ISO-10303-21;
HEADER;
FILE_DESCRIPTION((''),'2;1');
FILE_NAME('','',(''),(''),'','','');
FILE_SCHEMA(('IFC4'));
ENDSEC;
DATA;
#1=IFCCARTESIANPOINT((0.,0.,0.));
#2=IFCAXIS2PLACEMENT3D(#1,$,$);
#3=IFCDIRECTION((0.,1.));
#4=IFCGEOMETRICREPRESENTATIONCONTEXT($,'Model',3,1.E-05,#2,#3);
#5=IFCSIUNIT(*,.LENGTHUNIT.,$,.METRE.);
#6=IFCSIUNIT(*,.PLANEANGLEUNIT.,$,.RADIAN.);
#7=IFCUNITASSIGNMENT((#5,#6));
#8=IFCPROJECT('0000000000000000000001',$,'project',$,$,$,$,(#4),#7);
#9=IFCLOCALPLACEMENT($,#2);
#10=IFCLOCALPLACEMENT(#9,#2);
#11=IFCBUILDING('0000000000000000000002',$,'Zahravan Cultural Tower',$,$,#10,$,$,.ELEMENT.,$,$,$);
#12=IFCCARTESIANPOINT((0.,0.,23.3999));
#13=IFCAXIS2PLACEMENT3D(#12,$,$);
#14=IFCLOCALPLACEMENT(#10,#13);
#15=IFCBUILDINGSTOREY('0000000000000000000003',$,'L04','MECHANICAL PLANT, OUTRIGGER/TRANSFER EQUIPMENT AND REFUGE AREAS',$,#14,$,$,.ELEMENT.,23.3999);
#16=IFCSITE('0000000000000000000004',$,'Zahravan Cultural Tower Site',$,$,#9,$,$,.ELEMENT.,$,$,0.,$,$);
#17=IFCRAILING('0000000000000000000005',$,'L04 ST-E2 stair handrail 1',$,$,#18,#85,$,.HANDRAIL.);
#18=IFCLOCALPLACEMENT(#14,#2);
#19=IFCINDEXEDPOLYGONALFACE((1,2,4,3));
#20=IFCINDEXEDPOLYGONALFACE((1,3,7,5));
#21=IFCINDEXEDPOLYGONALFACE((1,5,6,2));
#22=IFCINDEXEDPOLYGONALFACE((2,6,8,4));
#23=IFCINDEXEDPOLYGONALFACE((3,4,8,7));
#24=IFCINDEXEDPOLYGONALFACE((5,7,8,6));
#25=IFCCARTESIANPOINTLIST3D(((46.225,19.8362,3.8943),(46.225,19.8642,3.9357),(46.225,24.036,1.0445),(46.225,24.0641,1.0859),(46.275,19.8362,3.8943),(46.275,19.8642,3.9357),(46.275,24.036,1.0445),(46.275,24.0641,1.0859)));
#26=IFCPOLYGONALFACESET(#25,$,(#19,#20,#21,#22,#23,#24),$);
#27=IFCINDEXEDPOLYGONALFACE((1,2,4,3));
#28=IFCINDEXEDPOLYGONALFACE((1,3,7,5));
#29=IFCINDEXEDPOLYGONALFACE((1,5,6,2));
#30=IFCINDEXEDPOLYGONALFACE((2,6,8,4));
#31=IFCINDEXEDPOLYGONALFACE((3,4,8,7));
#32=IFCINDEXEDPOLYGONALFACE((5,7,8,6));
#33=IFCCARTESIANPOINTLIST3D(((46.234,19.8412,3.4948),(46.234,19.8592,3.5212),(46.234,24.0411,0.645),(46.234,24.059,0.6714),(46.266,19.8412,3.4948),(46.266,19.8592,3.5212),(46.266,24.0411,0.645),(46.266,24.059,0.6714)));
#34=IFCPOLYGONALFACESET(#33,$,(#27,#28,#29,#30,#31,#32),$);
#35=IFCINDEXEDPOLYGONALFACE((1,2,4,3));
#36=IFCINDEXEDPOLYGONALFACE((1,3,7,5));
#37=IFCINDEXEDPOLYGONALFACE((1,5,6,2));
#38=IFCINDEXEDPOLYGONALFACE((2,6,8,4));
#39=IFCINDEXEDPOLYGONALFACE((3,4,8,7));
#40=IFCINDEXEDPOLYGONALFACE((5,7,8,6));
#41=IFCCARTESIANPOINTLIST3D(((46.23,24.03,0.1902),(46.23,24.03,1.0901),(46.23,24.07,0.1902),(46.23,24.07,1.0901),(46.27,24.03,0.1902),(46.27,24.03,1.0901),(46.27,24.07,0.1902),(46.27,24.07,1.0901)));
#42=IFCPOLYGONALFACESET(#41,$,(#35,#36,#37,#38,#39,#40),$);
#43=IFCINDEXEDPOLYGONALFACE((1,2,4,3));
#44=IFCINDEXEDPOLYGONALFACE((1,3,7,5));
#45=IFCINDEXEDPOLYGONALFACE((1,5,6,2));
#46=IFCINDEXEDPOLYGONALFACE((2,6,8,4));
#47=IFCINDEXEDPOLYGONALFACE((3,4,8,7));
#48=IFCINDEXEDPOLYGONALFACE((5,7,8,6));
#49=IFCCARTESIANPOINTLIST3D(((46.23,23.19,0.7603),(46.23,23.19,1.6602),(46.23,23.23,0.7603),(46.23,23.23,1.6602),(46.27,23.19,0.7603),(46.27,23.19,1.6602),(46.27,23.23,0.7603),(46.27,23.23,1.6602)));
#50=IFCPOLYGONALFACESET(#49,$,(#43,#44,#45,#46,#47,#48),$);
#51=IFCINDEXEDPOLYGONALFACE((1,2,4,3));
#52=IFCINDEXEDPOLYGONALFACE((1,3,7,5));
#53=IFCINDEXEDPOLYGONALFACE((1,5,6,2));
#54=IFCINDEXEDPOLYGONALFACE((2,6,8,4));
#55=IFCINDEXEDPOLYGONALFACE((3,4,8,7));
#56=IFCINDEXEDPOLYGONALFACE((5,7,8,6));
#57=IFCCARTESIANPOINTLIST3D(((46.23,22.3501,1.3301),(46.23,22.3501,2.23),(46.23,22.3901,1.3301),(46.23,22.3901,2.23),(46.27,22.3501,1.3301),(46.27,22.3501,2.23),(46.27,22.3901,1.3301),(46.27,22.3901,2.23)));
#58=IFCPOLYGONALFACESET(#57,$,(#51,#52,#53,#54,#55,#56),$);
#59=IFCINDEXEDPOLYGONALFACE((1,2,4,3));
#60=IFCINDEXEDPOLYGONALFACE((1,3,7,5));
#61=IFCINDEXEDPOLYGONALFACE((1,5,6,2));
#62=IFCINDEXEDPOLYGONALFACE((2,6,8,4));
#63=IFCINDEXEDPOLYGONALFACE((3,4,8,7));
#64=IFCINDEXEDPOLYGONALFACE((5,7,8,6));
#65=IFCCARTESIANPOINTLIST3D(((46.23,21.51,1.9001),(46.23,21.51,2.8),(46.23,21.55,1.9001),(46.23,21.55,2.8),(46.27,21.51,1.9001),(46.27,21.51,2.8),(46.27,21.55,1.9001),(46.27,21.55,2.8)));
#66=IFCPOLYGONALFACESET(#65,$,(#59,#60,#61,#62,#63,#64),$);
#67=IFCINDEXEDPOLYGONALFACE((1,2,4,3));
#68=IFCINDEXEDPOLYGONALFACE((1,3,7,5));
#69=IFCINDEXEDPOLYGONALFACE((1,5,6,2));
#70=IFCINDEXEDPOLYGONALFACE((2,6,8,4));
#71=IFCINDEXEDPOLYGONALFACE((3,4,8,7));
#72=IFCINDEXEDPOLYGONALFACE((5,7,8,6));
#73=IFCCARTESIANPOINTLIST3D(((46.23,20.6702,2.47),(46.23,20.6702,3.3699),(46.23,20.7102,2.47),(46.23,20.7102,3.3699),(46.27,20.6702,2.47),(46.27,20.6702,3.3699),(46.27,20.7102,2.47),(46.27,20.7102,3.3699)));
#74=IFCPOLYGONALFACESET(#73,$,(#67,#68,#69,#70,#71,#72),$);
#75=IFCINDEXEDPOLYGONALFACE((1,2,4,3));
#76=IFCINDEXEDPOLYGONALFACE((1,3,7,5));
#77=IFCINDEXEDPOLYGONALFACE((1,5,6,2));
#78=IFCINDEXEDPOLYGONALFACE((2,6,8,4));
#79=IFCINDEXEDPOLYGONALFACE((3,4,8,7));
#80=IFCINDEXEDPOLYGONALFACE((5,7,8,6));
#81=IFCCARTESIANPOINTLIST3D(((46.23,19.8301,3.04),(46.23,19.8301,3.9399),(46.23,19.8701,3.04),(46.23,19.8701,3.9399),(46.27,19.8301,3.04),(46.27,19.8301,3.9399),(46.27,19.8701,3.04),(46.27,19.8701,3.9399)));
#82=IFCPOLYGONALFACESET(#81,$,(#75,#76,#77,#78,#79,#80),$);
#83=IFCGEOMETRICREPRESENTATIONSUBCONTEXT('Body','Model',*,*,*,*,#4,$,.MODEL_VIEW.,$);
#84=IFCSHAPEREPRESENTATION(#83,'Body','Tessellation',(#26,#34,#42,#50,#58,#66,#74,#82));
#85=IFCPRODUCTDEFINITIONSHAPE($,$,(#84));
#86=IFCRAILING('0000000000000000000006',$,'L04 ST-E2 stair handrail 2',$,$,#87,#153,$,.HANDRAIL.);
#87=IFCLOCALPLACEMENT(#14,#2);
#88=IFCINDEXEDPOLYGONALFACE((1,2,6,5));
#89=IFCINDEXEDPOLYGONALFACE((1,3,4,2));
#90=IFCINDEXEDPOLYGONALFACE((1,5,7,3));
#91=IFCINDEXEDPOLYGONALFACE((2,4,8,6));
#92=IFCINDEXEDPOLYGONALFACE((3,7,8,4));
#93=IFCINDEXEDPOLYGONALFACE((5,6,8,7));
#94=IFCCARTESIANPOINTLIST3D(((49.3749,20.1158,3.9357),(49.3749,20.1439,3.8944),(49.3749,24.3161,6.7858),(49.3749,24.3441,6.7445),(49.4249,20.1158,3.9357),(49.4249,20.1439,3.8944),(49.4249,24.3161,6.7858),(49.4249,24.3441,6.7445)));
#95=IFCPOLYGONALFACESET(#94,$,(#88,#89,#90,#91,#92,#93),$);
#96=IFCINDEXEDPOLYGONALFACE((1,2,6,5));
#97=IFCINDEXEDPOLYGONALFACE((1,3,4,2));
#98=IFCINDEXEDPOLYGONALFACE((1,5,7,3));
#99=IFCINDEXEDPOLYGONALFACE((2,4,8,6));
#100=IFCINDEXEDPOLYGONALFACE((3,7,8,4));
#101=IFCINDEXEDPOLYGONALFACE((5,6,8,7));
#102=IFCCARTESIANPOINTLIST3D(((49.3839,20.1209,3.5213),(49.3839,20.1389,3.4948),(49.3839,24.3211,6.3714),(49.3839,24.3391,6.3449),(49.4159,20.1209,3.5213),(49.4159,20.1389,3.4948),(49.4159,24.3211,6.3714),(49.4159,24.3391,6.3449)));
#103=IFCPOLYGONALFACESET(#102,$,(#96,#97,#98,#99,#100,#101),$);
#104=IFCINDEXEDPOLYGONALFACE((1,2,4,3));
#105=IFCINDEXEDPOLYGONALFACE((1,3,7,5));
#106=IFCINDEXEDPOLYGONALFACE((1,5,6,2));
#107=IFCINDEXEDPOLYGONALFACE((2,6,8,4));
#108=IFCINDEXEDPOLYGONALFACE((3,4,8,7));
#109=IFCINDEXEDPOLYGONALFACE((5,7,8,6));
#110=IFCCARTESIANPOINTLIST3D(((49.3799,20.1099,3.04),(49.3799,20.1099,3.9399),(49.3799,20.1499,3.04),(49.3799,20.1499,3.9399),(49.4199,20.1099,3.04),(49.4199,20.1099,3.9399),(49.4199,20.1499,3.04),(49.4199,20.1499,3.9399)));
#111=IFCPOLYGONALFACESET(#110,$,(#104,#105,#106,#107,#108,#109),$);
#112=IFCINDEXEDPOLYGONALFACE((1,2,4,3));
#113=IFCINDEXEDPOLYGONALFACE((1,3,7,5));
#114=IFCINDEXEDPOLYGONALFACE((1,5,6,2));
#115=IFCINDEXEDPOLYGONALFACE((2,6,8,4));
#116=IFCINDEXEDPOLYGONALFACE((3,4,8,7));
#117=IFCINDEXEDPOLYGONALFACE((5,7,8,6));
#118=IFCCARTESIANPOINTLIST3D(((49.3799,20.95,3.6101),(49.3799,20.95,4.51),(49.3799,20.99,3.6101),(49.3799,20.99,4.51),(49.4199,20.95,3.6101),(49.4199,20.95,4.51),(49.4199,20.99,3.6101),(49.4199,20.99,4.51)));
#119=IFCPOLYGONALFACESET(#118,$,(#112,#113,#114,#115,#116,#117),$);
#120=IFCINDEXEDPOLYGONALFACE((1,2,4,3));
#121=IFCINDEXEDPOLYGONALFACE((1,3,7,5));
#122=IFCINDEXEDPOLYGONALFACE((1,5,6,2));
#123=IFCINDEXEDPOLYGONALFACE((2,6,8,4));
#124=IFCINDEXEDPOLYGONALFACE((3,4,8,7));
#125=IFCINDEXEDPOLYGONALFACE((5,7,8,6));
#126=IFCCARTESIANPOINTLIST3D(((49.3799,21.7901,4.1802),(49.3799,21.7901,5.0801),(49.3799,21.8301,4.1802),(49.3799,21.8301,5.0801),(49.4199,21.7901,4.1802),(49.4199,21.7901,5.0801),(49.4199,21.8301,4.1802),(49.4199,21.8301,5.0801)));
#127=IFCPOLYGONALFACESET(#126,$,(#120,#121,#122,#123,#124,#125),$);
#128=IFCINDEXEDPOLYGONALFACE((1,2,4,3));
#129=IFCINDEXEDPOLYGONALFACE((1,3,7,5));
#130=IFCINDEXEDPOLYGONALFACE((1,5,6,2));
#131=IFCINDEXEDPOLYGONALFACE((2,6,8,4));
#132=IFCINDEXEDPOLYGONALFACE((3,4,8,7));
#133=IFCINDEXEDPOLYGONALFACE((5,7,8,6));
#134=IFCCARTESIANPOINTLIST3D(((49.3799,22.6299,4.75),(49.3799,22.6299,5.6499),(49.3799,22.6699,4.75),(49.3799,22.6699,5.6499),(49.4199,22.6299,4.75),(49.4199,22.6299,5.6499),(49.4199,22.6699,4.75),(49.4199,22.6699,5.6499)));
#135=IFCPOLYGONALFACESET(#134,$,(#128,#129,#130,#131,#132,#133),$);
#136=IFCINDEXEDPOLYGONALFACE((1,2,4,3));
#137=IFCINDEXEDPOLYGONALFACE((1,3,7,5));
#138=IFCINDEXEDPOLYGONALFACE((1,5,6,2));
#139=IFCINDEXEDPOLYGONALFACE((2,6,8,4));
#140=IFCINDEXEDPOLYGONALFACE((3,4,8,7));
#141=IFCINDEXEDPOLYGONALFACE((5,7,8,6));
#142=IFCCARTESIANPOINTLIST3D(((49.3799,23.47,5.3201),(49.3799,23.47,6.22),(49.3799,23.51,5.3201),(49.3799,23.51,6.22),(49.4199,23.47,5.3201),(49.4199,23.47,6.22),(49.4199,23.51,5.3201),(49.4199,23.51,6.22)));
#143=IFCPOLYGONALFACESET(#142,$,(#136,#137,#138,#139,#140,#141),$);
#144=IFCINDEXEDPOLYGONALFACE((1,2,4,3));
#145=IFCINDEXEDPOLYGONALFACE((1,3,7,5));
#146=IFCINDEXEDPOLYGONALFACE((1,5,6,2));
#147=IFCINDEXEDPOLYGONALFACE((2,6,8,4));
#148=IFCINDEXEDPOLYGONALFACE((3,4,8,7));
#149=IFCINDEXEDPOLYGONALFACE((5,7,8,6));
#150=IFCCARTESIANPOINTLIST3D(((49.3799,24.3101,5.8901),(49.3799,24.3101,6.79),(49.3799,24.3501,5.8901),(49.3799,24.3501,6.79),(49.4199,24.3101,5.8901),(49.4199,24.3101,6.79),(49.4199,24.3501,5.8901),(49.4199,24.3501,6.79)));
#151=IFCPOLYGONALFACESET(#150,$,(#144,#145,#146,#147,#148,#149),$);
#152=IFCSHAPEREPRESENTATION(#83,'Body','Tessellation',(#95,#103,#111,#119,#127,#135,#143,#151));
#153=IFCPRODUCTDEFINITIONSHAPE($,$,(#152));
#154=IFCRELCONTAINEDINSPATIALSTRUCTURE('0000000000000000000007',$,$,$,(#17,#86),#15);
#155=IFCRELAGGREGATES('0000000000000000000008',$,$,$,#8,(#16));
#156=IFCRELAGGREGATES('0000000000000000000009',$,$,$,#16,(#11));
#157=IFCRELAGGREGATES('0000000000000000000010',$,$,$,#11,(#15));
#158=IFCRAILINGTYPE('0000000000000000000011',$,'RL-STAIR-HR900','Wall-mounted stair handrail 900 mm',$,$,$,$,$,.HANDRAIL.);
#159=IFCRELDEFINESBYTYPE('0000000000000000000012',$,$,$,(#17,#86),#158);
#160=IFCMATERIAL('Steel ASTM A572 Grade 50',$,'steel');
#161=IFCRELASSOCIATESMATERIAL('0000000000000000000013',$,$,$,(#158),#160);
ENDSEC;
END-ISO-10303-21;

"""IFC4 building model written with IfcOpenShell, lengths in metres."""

from ifc_helpers import new_model, si_unit, direction, frame, origin, origin_2d, place, context, subcontext, project, spatial, rectangle, extrude, material, type_object, element, save


model = new_model("IFC4")

# Units and contexts
model_context = context("Model", 3, precision=1e-05, world=origin(), true_north=direction((0.0, 1.0)))
body_context = subcontext(model_context, "Body", "Model", "MODEL_VIEW")
ifc_project = project(units=[si_unit("LENGTHUNIT", "METRE"), si_unit("PLANEANGLEUNIT", "RADIAN")], contexts=[model_context])

# Site, building, storey
site_placement = place(None, origin())
site = spatial("IfcSite", under=ifc_project, at=site_placement, Name="Zahravan Cultural Tower Site", CompositionType="ELEMENT", RefElevation=0.0)
building_placement = place(site_placement, origin())
building = spatial("IfcBuilding", under=site, at=building_placement, Name="Zahravan Cultural Tower", CompositionType="ELEMENT")
storey_placement = place(building_placement, frame((0.0, 0.0, 23.3999)))
storey = spatial("IfcBuildingStorey", under=building, at=storey_placement, Name="L04", Description="MECHANICAL PLANT, OUTRIGGER/TRANSFER EQUIPMENT AND REFUGE AREAS", CompositionType="ELEMENT", Elevation=23.3999)

# Shared definitions
ifc_material_1 = material(Name="Steel ASTM A572 Grade 50", Category="steel")

# Railings
railing_type_1 = type_object("IfcRailingType", Name="RL-STAIR-HR900", Description="Wall-mounted stair handrail 900 mm", PredefinedType="HANDRAIL", material=ifc_material_1)
railing_1_placement = place(storey_placement, frame((46.25, 24.05, 0.1902)))
element("IfcRailing", 1, at=railing_1_placement, inside=storey, type_object=railing_type_1, Name="L04 ST-E2 stair handrail 1", PredefinedType="HANDRAIL", context=body_context, shape_type="SweptSolid", body=[
    extrude(rectangle(XDim=0.05, YDim=0.05, at=origin_2d()), frame((0.0, 0.0, 0.875), z_axis=(0.0, -0.827486, 0.561486), x_axis=(1.0, 0.0, 0.0)), (0.0, 0.0, 1.0), 5.0754),
    extrude(rectangle(XDim=0.032, YDim=0.032, at=origin_2d()), frame((0.0, 0.0, 0.468), z_axis=(0.0, -0.827486, 0.561486), x_axis=(1.0, 0.0, 0.0)), (0.0, 0.0, 1.0), 5.0754),
    extrude(rectangle(XDim=0.04, YDim=0.04, at=origin_2d()), origin(), (0.0, 0.0, 1.0), 0.8999),
    extrude(rectangle(XDim=0.04, YDim=0.04, at=origin_2d()), frame((0.0, -0.8401, 0.5701)), (0.0, 0.0, 1.0), 0.8999),
    extrude(rectangle(XDim=0.04, YDim=0.04, at=origin_2d()), frame((0.0, -1.6799, 1.1399)), (0.0, 0.0, 1.0), 0.8999),
    extrude(rectangle(XDim=0.04, YDim=0.04, at=origin_2d()), frame((0.0, -2.52, 1.71)), (0.0, 0.0, 1.0), 0.8999),
    extrude(rectangle(XDim=0.04, YDim=0.04, at=origin_2d()), frame((0.0, -3.3599, 2.2798)), (0.0, 0.0, 1.0), 0.8999),
    extrude(rectangle(XDim=0.04, YDim=0.04, at=origin_2d()), frame((0.0, -4.2, 2.8499)), (0.0, 0.0, 1.0), 0.8999),
])
railing_2_placement = place(storey_placement, frame((49.3999, 20.1299, 3.04)))
element("IfcRailing", 2, at=railing_2_placement, inside=storey, type_object=railing_type_1, Name="L04 ST-E2 stair handrail 2", PredefinedType="HANDRAIL", context=body_context, shape_type="SweptSolid", body=[
    extrude(rectangle(XDim=0.05, YDim=0.05, at=origin_2d()), frame((0.0, 0.0, 0.875), z_axis=(0.0, 0.827479, 0.561497), x_axis=(-1.0, 0.0, 0.0)), (0.0, 0.0, 1.0), 5.0759),
    extrude(rectangle(XDim=0.032, YDim=0.032, at=origin_2d()), frame((0.0, 0.0, 0.468), z_axis=(0.0, 0.827479, 0.561497), x_axis=(-1.0, 0.0, 0.0)), (0.0, 0.0, 1.0), 5.0759),
    extrude(rectangle(XDim=0.04, YDim=0.04, at=origin_2d()), origin(), (0.0, 0.0, 1.0), 0.8999),
    extrude(rectangle(XDim=0.04, YDim=0.04, at=origin_2d()), frame((0.0, 0.8401, 0.5701)), (0.0, 0.0, 1.0), 0.8999),
    extrude(rectangle(XDim=0.04, YDim=0.04, at=origin_2d()), frame((0.0, 1.6802, 1.1401)), (0.0, 0.0, 1.0), 0.8999),
    extrude(rectangle(XDim=0.04, YDim=0.04, at=origin_2d()), frame((0.0, 2.52, 1.71)), (0.0, 0.0, 1.0), 0.8999),
    extrude(rectangle(XDim=0.04, YDim=0.04, at=origin_2d()), frame((0.0, 3.3601, 2.28)), (0.0, 0.0, 1.0), 0.8999),
    extrude(rectangle(XDim=0.04, YDim=0.04, at=origin_2d()), frame((0.0, 4.2002, 2.8501)), (0.0, 0.0, 1.0), 0.8999),
])

save(model, "model.ifc")
